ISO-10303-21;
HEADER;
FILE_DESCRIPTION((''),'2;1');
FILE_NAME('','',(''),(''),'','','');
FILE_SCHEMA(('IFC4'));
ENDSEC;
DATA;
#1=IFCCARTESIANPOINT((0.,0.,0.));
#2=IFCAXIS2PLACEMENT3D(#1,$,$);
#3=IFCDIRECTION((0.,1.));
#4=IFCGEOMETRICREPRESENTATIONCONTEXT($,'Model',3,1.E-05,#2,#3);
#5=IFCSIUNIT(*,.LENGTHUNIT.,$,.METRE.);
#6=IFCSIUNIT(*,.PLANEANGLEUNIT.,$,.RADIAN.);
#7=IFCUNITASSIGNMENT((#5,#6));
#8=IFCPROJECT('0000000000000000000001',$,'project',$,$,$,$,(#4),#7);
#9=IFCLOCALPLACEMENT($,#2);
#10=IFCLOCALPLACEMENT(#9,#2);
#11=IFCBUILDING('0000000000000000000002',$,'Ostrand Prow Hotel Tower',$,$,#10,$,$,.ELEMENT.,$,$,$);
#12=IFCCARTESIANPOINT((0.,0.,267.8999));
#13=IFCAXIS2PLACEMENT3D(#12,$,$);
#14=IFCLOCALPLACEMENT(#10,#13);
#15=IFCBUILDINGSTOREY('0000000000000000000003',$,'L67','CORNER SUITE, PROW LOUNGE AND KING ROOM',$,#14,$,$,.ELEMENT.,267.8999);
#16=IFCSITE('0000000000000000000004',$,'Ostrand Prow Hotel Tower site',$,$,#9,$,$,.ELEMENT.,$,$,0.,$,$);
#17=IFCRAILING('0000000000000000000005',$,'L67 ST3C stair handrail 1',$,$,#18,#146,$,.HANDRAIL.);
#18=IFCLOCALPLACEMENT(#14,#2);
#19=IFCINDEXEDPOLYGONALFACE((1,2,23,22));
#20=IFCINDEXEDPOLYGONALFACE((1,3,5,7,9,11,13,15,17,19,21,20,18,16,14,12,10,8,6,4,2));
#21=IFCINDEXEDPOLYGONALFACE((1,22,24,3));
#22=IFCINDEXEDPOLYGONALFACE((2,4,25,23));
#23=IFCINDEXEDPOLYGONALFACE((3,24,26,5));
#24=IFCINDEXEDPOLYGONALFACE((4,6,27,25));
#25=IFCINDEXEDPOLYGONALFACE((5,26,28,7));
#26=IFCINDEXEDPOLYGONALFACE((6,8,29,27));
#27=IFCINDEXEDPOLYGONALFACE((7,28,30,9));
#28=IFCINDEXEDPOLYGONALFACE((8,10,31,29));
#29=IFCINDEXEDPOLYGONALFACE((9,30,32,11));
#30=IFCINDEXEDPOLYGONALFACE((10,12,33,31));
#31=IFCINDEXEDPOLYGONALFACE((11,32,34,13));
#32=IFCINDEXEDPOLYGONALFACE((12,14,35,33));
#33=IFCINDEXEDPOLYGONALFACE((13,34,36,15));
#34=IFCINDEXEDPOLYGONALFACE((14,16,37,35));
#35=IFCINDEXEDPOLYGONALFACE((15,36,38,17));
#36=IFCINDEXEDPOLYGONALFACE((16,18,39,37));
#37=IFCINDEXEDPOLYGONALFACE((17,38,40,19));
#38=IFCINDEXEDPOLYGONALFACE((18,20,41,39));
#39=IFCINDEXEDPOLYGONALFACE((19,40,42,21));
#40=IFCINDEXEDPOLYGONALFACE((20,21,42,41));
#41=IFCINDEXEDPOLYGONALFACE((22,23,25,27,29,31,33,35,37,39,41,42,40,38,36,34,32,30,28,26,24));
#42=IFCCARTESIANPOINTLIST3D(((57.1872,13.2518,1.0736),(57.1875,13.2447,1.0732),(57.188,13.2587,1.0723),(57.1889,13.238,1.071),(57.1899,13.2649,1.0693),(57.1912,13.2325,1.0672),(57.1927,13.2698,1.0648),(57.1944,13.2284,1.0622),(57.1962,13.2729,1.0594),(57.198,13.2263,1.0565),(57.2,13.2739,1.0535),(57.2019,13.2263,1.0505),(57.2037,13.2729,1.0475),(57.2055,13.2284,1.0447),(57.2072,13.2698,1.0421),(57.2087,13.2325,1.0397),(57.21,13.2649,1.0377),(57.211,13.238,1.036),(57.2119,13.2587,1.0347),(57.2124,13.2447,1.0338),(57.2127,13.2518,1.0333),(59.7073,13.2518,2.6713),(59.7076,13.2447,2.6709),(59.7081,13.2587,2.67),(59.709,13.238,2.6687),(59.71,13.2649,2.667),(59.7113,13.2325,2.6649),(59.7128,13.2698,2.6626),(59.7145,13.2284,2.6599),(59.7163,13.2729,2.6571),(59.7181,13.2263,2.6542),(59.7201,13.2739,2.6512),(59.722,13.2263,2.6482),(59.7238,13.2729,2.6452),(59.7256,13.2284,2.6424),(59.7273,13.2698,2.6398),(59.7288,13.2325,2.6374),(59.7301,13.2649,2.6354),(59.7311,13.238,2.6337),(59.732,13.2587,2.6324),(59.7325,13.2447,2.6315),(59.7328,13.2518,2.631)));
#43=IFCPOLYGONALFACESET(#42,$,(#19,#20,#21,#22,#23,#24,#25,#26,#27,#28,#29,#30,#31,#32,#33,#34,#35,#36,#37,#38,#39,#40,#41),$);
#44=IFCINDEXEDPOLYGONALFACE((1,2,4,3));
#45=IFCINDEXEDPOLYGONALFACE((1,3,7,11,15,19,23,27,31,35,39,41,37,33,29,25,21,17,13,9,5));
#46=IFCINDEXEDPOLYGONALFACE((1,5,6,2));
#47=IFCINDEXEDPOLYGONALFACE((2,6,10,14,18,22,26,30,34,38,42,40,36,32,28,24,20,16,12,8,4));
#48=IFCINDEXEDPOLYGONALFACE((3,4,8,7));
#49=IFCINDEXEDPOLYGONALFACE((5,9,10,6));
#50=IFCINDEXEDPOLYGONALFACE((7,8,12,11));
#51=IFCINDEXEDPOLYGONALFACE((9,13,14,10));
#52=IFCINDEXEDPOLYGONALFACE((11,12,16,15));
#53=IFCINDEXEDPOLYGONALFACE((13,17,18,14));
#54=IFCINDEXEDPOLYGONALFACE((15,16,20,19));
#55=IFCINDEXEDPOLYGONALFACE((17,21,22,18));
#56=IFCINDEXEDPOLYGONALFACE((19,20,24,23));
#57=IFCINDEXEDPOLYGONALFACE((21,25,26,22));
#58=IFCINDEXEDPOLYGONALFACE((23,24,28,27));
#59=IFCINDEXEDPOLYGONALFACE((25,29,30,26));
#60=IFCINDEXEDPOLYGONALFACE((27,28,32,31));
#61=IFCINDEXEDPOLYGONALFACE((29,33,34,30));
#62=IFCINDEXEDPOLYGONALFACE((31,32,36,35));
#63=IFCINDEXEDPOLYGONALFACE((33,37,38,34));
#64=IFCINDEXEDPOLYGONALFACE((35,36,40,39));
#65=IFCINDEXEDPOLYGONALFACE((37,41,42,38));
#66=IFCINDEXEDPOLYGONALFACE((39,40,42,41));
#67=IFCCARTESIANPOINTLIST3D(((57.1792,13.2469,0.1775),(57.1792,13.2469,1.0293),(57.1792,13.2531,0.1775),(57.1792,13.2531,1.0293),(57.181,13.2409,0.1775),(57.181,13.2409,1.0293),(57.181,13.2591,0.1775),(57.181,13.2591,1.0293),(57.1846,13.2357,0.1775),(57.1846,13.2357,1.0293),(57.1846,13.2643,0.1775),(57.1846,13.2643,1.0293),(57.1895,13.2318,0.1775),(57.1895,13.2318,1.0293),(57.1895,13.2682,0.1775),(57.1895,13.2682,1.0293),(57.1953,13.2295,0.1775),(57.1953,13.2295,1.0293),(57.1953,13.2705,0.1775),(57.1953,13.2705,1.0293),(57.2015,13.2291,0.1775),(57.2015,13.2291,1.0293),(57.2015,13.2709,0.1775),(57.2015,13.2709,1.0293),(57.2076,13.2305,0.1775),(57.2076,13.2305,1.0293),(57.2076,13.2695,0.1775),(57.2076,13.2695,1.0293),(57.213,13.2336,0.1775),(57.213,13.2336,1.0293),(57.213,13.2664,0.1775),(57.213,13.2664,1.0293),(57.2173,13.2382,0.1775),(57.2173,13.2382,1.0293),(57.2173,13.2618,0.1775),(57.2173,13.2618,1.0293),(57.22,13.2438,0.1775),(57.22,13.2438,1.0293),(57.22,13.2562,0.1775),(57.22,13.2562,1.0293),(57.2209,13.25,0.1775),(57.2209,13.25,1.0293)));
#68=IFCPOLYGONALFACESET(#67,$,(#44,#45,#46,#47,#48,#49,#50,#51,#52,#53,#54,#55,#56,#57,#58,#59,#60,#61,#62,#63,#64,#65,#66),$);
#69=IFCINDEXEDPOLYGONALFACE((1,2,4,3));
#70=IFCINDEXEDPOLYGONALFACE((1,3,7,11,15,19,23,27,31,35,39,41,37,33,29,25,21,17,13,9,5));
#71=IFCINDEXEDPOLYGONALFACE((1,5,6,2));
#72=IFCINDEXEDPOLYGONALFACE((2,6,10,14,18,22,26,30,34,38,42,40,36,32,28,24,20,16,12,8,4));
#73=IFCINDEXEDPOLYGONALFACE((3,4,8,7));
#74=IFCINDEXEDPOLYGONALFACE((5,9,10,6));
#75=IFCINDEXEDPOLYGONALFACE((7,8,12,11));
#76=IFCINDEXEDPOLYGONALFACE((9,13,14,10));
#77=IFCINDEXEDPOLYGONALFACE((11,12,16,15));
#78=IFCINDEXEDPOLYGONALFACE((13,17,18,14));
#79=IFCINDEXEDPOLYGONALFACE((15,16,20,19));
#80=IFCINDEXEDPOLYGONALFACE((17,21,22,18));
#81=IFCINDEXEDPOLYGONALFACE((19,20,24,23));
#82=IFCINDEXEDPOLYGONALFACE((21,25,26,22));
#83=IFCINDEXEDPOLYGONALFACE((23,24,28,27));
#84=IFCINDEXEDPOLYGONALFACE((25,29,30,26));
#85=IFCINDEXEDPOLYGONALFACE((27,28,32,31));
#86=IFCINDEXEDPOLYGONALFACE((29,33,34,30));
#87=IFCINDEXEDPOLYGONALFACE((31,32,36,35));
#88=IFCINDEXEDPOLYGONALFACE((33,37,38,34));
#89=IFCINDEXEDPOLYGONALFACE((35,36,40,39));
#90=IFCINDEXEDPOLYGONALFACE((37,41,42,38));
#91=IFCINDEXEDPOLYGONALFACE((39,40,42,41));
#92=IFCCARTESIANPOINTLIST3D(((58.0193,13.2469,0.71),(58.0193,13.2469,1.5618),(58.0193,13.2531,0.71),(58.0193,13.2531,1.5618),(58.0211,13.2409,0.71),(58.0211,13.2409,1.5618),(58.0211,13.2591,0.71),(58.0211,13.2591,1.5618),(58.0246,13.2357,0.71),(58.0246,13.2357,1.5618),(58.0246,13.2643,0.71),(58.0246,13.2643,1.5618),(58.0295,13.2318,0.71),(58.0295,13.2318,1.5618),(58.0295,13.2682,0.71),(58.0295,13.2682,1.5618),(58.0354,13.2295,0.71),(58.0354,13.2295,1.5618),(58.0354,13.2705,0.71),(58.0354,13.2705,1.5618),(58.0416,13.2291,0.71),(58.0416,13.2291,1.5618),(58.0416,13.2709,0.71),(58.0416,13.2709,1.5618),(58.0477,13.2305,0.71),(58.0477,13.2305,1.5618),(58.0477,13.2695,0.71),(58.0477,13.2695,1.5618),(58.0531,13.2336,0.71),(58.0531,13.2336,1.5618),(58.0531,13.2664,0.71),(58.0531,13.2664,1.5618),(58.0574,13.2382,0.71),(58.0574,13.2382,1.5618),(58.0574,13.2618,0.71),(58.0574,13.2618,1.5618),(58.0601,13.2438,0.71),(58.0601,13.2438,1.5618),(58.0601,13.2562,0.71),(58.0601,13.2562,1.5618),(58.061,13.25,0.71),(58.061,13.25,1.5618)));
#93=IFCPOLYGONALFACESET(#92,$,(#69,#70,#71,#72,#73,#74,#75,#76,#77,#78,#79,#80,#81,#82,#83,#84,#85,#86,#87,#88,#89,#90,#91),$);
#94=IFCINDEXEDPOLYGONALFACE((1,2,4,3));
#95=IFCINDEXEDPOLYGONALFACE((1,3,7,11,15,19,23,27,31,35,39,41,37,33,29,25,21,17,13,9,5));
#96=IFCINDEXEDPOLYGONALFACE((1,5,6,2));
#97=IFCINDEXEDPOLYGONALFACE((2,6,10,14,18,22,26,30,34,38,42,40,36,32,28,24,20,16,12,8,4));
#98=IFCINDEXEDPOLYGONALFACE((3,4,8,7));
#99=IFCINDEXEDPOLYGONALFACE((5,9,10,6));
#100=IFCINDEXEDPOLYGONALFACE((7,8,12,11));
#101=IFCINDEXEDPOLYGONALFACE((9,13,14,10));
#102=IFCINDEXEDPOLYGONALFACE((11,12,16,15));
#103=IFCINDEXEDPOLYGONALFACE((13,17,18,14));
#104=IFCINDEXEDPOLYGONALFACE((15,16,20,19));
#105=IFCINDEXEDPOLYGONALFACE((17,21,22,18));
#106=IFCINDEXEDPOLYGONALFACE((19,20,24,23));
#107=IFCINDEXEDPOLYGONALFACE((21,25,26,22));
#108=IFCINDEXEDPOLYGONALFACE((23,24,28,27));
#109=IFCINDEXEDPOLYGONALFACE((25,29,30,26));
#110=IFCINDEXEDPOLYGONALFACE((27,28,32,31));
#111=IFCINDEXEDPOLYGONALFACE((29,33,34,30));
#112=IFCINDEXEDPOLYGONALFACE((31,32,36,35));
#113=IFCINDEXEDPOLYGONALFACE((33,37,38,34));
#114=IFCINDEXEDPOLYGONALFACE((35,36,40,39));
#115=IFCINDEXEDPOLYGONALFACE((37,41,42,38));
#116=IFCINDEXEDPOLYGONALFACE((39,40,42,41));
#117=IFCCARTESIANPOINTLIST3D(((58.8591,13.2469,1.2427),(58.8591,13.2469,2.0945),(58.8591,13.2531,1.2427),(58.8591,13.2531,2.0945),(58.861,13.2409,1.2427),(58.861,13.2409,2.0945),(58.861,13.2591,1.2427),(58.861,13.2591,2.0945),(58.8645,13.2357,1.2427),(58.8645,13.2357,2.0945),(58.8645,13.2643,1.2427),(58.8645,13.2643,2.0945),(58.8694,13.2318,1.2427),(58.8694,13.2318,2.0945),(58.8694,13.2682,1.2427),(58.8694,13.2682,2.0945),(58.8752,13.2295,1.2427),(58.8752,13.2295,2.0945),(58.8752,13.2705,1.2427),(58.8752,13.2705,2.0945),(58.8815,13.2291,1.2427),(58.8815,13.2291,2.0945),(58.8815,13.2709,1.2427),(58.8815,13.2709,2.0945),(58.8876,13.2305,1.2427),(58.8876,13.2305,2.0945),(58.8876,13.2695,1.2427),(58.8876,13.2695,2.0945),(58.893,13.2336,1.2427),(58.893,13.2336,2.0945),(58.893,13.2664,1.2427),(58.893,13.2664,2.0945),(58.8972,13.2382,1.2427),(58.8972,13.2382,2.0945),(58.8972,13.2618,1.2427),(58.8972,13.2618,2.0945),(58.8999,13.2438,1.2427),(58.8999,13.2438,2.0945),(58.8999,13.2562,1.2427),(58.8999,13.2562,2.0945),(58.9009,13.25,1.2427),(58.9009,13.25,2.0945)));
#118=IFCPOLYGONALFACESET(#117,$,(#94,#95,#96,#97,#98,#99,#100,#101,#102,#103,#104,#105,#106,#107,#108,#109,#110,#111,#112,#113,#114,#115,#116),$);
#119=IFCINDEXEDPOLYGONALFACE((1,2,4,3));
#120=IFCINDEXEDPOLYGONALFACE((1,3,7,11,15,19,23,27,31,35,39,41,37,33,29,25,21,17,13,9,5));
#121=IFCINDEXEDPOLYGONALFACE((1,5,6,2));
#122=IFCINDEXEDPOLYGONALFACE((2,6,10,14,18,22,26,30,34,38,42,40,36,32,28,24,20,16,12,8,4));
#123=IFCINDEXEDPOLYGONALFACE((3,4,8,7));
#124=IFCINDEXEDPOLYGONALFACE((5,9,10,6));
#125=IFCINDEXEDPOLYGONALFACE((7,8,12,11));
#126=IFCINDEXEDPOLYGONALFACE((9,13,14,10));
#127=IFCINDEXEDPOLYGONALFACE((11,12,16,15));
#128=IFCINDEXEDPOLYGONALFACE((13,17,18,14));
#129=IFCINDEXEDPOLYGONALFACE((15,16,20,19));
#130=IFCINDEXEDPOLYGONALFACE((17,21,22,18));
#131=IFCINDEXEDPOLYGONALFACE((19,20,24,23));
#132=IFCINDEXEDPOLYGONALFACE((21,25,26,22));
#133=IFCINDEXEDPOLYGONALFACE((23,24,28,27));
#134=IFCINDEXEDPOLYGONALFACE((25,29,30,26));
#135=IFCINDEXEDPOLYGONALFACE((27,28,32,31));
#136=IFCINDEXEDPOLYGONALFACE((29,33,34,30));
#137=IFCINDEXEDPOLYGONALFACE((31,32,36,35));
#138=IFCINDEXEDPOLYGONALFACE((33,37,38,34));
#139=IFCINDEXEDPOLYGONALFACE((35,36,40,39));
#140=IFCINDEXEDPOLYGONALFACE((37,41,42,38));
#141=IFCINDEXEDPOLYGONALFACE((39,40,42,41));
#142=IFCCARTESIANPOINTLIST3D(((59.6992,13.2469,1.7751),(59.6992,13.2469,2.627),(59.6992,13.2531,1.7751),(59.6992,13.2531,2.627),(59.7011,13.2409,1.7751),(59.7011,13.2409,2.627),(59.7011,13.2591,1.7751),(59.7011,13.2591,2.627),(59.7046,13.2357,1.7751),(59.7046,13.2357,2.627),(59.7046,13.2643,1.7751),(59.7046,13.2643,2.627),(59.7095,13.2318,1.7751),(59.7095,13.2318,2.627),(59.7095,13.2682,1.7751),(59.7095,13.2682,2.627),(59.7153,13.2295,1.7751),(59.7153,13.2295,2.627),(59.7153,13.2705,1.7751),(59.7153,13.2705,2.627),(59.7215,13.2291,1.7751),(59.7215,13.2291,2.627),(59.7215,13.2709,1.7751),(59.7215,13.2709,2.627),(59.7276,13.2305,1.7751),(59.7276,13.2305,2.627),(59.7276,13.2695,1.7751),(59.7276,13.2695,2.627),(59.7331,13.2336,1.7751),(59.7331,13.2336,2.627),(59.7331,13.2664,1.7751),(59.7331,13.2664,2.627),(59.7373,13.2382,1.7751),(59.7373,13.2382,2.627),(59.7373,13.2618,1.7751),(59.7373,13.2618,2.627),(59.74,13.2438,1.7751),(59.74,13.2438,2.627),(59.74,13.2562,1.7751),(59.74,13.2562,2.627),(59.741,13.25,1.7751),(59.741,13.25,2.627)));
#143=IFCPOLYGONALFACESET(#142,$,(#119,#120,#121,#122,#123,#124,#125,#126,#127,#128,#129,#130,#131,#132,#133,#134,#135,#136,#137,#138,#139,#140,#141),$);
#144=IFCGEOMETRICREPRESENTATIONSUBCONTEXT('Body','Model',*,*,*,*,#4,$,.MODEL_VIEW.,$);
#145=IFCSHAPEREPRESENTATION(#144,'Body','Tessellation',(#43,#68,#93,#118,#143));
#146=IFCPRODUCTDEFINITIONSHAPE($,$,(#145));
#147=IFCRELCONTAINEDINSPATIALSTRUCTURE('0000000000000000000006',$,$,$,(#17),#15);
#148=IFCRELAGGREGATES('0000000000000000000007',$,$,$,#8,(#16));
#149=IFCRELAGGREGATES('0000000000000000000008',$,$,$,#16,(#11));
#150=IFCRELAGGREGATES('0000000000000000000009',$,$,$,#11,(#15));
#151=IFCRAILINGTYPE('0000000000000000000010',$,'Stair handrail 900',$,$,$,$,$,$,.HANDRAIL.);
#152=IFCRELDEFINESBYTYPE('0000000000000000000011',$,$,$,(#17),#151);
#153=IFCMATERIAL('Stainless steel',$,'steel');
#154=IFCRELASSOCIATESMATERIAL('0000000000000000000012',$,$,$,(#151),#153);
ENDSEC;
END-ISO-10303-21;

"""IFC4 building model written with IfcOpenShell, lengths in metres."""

from ifc_helpers import new_model, si_unit, direction, frame, origin, origin_2d, place, context, subcontext, project, spatial, circle, extrude, material, type_object, element, save


model = new_model("IFC4")

# Units and contexts
model_context = context("Model", 3, precision=1e-05, world=origin(), true_north=direction((0.0, 1.0)))
body_context = subcontext(model_context, "Body", "Model", "MODEL_VIEW")
ifc_project = project(units=[si_unit("LENGTHUNIT", "METRE"), si_unit("PLANEANGLEUNIT", "RADIAN")], contexts=[model_context])

# Site, building, storey
site_placement = place(None, origin())
site = spatial("IfcSite", under=ifc_project, at=site_placement, Name="Ostrand Prow Hotel Tower site", CompositionType="ELEMENT", RefElevation=0.0)
building_placement = place(site_placement, origin())
building = spatial("IfcBuilding", under=site, at=building_placement, Name="Ostrand Prow Hotel Tower", CompositionType="ELEMENT")
storey_placement = place(building_placement, frame((0.0, 0.0, 267.8999)))
storey = spatial("IfcBuildingStorey", under=building, at=storey_placement, Name="L67", Description="CORNER SUITE, PROW LOUNGE AND KING ROOM", CompositionType="ELEMENT", Elevation=267.8999)

# Railing
ifc_material_1 = material(Name="Stainless steel", Category="steel")
railing_type_1 = type_object("IfcRailingType", Name="Stair handrail 900", PredefinedType="HANDRAIL", material=ifc_material_1)
railing_1_placement = place(storey_placement, frame((57.2, 13.25, 0.1775)))
element("IfcRailing", 1, at=railing_1_placement, inside=storey, type_object=railing_type_1, Name="L67 ST3C stair handrail 1", PredefinedType="HANDRAIL", context=body_context, shape_type="SweptSolid", body=[
    extrude(circle(Radius=0.0239, at=origin_2d()), frame((0.0, 0.0, 0.876), z_axis=(0.84457, 0.0, 0.535445), x_axis=(0.0, 1.0, 0.0)), (0.0, 0.0, 1.0), 2.9839),
    extrude(circle(Radius=0.021, at=origin_2d()), origin(), (0.0, 0.0, 1.0), 0.8518),
    extrude(circle(Radius=0.021, at=origin_2d()), frame((0.8401, 0.0, 0.5325)), (0.0, 0.0, 1.0), 0.8518),
    extrude(circle(Radius=0.021, at=origin_2d()), frame((1.6799, 0.0, 1.0652)), (0.0, 0.0, 1.0), 0.8518),
    extrude(circle(Radius=0.021, at=origin_2d()), frame((2.52, 0.0, 1.5977)), (0.0, 0.0, 1.0), 0.8518),
])

save(model, "model.ifc")
